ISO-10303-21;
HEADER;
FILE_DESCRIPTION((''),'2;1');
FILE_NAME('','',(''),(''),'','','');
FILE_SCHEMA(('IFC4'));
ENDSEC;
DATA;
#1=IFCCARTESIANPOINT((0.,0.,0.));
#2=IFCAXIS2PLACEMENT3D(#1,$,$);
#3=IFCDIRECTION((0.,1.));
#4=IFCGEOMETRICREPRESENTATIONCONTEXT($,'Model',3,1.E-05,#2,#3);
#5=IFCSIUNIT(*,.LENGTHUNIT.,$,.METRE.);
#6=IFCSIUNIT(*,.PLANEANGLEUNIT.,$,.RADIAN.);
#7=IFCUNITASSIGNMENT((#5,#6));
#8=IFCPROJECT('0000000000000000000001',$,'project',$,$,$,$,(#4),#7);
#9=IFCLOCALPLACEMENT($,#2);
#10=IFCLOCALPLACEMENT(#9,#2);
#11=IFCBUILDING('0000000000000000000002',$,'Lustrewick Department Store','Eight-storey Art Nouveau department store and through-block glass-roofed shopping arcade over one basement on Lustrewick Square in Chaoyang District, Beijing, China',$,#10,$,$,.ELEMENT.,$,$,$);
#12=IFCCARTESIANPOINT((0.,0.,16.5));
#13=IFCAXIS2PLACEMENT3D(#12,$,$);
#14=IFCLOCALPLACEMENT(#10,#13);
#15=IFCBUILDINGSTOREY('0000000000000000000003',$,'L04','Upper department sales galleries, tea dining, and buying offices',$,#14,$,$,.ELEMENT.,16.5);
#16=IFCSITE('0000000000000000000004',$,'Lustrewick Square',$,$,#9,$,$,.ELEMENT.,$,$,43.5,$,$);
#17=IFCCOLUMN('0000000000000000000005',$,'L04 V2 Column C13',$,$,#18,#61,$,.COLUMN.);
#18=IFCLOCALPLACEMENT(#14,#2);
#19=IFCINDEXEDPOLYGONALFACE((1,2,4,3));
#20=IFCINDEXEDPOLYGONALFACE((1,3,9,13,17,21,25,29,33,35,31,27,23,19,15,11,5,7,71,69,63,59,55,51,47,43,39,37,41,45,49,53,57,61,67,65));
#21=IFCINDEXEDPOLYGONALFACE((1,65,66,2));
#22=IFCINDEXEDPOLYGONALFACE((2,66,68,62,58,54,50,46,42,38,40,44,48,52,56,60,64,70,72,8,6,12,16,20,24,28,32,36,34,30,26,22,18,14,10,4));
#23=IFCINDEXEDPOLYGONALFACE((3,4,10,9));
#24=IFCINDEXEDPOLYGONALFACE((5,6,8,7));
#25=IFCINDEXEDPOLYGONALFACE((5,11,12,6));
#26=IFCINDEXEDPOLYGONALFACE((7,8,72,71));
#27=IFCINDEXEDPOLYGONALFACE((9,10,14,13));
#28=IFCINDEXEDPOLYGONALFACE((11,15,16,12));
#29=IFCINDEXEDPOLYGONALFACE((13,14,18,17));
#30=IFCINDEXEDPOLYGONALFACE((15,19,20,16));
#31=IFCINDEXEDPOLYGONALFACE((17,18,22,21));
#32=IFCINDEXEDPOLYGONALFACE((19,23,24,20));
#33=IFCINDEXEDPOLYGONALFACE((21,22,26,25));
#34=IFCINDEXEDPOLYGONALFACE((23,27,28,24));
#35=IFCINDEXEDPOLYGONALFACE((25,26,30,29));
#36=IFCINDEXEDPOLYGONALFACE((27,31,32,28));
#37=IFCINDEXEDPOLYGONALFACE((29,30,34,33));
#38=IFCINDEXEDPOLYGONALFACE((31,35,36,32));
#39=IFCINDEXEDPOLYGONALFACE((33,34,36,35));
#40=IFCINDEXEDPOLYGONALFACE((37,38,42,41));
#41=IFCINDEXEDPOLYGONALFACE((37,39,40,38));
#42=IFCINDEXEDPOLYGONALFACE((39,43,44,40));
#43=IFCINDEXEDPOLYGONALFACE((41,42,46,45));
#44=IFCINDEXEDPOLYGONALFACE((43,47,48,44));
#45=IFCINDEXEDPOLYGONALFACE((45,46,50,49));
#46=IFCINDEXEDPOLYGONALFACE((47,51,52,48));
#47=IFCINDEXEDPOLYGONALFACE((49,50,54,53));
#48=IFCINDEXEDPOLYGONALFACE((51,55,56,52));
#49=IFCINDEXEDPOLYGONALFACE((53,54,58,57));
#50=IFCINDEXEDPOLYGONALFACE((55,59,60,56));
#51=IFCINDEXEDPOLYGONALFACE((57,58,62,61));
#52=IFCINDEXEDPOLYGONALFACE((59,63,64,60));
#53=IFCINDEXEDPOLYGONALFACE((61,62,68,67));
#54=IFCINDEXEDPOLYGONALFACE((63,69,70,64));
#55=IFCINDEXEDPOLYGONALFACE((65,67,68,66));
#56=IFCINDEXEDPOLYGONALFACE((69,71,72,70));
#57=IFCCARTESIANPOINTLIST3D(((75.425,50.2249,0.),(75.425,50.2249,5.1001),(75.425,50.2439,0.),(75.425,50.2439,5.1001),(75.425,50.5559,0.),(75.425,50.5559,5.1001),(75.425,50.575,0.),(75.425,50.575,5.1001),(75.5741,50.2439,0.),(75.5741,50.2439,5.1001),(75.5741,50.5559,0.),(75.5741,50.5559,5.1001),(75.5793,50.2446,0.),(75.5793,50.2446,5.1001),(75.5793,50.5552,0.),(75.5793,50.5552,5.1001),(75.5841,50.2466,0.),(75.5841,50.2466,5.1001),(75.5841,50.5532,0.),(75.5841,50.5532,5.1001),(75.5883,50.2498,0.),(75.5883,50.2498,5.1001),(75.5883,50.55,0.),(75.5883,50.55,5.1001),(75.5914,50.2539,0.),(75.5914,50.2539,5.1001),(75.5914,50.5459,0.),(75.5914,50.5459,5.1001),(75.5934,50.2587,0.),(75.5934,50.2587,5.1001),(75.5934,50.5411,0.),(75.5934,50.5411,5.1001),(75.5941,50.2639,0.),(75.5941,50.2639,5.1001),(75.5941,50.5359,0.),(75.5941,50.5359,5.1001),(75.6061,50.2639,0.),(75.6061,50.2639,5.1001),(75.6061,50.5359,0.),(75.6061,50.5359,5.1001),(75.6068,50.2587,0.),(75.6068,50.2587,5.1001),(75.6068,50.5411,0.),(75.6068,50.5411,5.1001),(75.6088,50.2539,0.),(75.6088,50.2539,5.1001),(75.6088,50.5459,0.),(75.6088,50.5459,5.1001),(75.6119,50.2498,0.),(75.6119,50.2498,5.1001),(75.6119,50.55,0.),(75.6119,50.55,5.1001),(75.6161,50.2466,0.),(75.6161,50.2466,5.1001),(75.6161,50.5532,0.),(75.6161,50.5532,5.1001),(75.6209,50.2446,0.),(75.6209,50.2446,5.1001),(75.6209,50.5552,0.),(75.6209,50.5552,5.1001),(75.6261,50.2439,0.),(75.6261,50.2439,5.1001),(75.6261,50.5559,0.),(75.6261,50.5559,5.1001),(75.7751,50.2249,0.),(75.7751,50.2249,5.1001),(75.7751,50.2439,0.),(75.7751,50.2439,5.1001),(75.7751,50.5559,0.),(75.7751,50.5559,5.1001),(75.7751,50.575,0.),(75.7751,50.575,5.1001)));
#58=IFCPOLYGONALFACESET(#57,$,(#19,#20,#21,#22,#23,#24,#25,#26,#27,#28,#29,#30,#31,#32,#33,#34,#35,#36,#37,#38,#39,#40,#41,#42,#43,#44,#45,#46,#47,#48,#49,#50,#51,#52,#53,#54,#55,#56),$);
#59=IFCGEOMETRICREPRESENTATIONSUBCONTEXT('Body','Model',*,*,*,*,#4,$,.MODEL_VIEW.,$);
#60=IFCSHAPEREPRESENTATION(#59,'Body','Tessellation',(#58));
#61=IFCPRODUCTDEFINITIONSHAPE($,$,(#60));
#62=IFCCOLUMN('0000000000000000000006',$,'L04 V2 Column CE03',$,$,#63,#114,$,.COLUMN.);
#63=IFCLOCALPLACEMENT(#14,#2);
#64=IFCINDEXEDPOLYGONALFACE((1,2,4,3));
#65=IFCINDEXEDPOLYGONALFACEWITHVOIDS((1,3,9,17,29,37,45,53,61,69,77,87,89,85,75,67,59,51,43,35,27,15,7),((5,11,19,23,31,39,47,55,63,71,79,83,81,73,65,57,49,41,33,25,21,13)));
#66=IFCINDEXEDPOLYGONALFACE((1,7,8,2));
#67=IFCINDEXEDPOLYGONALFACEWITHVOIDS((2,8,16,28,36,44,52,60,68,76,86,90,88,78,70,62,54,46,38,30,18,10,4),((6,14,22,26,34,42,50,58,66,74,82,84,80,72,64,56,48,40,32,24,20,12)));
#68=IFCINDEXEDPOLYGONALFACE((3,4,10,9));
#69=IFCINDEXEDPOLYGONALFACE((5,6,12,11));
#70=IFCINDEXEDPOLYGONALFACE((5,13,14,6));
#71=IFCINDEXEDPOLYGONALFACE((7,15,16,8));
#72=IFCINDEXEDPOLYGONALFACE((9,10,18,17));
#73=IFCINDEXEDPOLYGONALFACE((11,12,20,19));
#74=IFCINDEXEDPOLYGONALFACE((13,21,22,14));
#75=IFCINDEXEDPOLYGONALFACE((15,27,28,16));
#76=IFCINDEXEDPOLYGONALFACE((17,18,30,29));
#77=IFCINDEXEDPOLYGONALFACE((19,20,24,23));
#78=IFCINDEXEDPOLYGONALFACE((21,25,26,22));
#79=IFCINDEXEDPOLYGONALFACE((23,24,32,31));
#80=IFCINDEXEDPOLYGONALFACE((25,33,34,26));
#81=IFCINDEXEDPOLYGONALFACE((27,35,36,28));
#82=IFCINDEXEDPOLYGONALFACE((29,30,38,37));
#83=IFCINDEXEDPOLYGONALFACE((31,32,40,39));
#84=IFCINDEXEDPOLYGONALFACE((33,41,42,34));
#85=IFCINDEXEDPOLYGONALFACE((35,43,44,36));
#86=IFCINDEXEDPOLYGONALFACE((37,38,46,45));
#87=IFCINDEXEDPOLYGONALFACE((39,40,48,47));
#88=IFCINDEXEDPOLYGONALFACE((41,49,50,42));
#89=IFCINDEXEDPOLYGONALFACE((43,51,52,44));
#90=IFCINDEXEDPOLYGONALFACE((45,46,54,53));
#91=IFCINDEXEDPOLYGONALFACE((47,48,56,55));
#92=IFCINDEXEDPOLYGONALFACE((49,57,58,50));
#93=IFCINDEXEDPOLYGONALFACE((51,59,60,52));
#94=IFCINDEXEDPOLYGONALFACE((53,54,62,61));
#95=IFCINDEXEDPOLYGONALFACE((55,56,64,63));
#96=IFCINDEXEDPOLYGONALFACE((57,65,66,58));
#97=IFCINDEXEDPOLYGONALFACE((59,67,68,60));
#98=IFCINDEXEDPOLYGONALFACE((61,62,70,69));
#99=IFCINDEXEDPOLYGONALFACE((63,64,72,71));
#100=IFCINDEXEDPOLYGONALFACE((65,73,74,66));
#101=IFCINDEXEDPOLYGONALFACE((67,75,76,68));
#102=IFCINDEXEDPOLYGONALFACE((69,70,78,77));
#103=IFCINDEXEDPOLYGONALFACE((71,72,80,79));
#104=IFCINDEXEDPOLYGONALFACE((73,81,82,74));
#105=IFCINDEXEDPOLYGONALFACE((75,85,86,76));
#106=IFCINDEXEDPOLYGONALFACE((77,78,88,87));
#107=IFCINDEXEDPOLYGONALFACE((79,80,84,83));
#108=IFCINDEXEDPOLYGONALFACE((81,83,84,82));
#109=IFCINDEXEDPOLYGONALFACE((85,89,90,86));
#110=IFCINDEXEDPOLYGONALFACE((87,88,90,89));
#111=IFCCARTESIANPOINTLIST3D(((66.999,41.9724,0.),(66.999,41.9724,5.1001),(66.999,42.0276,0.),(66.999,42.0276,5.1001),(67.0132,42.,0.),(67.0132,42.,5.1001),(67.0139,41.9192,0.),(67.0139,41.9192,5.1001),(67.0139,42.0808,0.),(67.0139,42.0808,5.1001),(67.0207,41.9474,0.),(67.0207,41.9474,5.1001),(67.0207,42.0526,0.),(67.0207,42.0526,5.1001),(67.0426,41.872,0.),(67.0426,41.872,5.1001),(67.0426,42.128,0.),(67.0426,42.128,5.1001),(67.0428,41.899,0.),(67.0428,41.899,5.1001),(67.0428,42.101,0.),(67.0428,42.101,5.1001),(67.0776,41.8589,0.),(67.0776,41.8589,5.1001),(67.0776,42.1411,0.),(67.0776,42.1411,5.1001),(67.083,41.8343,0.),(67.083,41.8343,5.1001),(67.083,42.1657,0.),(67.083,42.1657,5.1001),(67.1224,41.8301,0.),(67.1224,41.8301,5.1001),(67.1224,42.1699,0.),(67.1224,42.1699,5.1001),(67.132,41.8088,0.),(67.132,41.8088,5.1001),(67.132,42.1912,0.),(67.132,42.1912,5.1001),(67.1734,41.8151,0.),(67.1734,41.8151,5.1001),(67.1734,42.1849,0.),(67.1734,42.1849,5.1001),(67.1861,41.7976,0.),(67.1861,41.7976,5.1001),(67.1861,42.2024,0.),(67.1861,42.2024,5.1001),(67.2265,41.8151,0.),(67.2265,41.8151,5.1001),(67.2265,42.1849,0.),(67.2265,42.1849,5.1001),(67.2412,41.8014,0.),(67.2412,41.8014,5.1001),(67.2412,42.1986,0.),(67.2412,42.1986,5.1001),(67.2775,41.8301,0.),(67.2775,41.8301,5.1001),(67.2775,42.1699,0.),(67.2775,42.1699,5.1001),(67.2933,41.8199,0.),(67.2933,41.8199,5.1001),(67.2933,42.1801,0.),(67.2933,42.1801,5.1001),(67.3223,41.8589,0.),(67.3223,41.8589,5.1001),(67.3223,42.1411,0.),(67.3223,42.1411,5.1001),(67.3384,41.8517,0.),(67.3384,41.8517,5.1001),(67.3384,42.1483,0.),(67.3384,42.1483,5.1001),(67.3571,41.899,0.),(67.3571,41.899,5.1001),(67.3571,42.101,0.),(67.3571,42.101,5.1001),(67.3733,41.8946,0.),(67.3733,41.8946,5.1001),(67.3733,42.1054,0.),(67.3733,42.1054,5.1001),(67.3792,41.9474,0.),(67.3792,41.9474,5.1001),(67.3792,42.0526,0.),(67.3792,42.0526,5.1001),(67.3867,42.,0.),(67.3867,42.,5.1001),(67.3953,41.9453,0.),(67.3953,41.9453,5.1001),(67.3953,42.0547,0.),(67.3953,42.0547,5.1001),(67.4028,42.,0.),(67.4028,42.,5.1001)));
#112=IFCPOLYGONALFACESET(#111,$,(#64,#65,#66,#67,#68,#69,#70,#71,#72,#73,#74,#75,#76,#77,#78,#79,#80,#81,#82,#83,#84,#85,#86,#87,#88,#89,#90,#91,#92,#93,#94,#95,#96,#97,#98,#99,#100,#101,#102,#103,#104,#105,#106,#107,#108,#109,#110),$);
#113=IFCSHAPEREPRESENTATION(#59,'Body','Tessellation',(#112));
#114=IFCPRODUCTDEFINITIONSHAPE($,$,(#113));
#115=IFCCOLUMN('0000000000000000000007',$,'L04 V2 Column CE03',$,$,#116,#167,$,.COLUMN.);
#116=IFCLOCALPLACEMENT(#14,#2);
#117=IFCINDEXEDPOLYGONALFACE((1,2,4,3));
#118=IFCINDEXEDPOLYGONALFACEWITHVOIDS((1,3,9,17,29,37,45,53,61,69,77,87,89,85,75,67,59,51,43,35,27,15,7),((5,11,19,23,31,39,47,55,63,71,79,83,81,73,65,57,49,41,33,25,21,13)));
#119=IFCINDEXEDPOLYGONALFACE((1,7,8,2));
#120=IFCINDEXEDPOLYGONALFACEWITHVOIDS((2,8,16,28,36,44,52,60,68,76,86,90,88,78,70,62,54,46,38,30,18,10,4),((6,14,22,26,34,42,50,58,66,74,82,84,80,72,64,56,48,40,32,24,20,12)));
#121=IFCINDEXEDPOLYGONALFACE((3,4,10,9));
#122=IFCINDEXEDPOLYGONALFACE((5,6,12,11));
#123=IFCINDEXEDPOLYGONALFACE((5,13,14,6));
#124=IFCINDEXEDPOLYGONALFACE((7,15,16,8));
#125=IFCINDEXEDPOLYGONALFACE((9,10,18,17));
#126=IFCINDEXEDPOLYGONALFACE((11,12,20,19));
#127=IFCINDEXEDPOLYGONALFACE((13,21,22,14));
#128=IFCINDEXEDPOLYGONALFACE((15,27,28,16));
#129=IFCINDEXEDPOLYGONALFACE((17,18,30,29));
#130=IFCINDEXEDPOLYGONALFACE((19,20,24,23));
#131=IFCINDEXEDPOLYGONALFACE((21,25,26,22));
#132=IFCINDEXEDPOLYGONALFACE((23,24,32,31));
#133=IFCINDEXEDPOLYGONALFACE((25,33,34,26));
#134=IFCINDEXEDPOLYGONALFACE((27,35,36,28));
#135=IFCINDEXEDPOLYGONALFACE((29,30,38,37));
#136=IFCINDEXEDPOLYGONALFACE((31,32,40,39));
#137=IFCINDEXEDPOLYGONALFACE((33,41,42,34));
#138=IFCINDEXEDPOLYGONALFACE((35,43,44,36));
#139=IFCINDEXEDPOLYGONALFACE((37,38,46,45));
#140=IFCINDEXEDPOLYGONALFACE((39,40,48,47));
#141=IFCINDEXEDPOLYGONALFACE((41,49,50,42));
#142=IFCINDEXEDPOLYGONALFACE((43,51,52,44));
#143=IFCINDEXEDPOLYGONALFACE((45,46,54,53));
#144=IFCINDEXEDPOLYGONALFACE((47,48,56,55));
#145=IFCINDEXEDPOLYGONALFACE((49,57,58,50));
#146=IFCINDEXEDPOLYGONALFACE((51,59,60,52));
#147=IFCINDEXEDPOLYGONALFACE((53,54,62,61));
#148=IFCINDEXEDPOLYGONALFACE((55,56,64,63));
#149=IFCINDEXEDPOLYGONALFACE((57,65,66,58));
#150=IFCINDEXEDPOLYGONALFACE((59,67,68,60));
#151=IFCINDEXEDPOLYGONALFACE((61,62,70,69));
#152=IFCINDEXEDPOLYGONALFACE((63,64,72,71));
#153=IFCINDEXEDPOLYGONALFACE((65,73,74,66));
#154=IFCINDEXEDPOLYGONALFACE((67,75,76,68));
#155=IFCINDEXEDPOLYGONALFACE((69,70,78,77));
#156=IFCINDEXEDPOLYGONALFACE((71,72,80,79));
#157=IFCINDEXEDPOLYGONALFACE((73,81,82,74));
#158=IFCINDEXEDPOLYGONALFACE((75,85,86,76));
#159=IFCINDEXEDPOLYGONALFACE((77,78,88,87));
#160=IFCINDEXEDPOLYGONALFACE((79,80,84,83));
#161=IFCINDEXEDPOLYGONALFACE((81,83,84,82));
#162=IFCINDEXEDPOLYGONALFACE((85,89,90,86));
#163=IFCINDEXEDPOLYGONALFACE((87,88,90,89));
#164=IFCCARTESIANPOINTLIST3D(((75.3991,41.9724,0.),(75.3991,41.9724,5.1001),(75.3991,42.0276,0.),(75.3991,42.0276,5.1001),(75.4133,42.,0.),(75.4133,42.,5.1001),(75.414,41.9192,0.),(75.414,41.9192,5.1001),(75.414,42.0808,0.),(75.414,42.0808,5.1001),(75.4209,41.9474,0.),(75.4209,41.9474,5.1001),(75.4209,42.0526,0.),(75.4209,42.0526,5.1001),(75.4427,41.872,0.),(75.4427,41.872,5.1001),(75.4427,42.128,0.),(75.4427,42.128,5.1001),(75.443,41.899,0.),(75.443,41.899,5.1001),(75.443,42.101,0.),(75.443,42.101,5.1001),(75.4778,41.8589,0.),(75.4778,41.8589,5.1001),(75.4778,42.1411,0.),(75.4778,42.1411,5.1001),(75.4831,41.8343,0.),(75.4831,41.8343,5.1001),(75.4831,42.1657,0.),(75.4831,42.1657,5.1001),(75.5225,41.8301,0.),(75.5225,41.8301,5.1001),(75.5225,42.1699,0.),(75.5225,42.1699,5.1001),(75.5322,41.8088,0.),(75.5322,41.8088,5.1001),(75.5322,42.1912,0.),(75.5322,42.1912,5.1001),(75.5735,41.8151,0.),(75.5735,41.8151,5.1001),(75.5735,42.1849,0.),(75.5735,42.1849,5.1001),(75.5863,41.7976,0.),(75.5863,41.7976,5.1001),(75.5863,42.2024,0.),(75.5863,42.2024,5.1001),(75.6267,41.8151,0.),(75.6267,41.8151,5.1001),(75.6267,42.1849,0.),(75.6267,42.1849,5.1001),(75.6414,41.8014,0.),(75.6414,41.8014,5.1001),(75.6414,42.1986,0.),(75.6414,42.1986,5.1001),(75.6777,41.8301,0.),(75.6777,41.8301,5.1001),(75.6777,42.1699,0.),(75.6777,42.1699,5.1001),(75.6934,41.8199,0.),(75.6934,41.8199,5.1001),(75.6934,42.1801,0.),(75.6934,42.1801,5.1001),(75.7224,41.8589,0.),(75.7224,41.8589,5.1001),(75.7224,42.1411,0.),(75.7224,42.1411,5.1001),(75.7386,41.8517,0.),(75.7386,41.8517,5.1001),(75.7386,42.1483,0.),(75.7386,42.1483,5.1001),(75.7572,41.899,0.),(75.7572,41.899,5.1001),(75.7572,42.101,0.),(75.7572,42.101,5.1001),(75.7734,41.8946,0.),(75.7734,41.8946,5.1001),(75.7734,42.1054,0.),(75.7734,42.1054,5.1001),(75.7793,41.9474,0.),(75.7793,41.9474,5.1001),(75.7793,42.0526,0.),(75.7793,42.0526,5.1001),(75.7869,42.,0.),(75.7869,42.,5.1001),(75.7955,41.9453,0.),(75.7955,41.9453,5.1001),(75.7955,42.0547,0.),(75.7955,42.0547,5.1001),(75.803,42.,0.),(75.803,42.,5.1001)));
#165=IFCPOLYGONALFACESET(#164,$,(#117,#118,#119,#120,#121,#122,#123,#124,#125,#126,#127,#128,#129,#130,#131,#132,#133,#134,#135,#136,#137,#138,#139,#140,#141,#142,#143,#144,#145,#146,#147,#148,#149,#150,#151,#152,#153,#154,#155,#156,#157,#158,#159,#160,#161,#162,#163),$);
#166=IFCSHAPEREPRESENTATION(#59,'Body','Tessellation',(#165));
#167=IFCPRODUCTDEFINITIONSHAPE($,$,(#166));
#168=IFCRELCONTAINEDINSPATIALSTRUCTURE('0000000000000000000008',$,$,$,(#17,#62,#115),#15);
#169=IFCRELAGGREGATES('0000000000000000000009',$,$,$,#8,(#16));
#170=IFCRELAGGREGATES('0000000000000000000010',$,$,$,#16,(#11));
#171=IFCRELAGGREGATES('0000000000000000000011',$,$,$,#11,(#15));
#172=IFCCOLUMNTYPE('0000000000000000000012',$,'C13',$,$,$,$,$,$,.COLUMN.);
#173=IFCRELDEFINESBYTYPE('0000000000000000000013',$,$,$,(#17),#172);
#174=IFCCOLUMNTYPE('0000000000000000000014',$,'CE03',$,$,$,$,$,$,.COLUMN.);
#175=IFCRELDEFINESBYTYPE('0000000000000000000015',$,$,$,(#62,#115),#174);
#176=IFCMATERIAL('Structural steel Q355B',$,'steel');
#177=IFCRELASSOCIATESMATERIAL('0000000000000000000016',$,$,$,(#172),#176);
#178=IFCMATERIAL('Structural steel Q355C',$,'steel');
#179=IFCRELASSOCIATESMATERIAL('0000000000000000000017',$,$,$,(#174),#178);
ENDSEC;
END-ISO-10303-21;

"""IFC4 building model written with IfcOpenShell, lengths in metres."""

from ifc_helpers import new_model, si_unit, direction, frame, origin, origin_2d, place, context, subcontext, project, spatial, hollow_circle, i_section, extrude, material, material_profile, profile_set, type_object, element, save


model = new_model("IFC4")

# Units and contexts
model_context = context("Model", 3, precision=1e-05, world=origin(), true_north=direction((0.0, 1.0)))
body_context = subcontext(model_context, "Body", "Model", "MODEL_VIEW")
ifc_project = project(units=[si_unit("LENGTHUNIT", "METRE"), si_unit("PLANEANGLEUNIT", "RADIAN")], contexts=[model_context])

# Site, building, storey
site_placement = place(None, origin())
site = spatial("IfcSite", under=ifc_project, at=site_placement, Name="Lustrewick Square", CompositionType="ELEMENT", RefElevation=43.5)
building_placement = place(site_placement, origin())
building = spatial("IfcBuilding", under=site, at=building_placement, Name="Lustrewick Department Store", Description="Eight-storey Art Nouveau department store and through-block glass-roofed shopping arcade over one basement on Lustrewick Square in Chaoyang District, Beijing, China", CompositionType="ELEMENT")
storey_placement = place(building_placement, frame((0.0, 0.0, 16.5)))
storey = spatial("IfcBuildingStorey", under=building, at=storey_placement, Name="L04", Description="Upper department sales galleries, tea dining, and buying offices", CompositionType="ELEMENT", Elevation=16.5)

# Columns
ifc_material_1 = material(Name="Structural steel Q355B", Category="steel")
ifc_material_profile_1 = material_profile(ifc_material_1, i_section(OverallWidth=0.3501, OverallDepth=0.3501, WebThickness=0.012, FlangeThickness=0.019, FilletRadius=0.02, at=origin_2d()), Name="HW 350x350x12x19")
ifc_profile_set_1 = profile_set([ifc_material_profile_1], Name="Structural steel Q355B")
column_type_1 = type_object("IfcColumnType", Name="C13", PredefinedType="COLUMN", material=ifc_profile_set_1)
column_1_placement = place(storey_placement, frame((75.6001, 50.3999, 0.0), z_axis=(0.0, 0.0, 1.0), x_axis=(1.0, 0.0, 0.0)))
element("IfcColumn", 1, at=column_1_placement, inside=storey, type_object=column_type_1, Name="L04 V2 Column C13", PredefinedType="COLUMN", context=body_context, shape_type="SweptSolid", body=[
    extrude(i_section(OverallWidth=0.3501, OverallDepth=0.3501, WebThickness=0.012, FlangeThickness=0.019, FilletRadius=0.02, at=origin_2d()), origin(), (0.0, 0.0, 1.0), 5.1001),
])
ifc_material_2 = material(Name="Structural steel Q355C", Category="steel")
ifc_material_profile_2 = material_profile(ifc_material_2, hollow_circle(Radius=0.2029, WallThickness=0.0161, at=origin_2d()), Name="CHS 406x16")
ifc_profile_set_2 = profile_set([ifc_material_profile_2], Name="Structural steel Q355C")
column_type_2 = type_object("IfcColumnType", Name="CE03", PredefinedType="COLUMN", material=ifc_profile_set_2)
for number, where, z_axis, x_axis, name in (
    (2, (67.2, 42.0, 0.0), (0.0, 0.0, 1.0), (1.0, 0.0, 0.0), "L04 V2 Column CE03"),
    (3, (75.6001, 42.0, 0.0), (0.0, 0.0, 1.0), (1.0, 0.0, 0.0), "L04 V2 Column CE03"),
):
    element("IfcColumn", number, at=place(storey_placement, frame(where, z_axis=z_axis, x_axis=x_axis)), inside=storey, type_object=column_type_2, Name=name, PredefinedType="COLUMN", context=body_context, shape_type="SweptSolid", body=[
        extrude(hollow_circle(Radius=0.2029, WallThickness=0.0161, at=origin_2d()), origin(), (0.0, 0.0, 1.0), 5.1001),
    ])

save(model, "model.ifc")
